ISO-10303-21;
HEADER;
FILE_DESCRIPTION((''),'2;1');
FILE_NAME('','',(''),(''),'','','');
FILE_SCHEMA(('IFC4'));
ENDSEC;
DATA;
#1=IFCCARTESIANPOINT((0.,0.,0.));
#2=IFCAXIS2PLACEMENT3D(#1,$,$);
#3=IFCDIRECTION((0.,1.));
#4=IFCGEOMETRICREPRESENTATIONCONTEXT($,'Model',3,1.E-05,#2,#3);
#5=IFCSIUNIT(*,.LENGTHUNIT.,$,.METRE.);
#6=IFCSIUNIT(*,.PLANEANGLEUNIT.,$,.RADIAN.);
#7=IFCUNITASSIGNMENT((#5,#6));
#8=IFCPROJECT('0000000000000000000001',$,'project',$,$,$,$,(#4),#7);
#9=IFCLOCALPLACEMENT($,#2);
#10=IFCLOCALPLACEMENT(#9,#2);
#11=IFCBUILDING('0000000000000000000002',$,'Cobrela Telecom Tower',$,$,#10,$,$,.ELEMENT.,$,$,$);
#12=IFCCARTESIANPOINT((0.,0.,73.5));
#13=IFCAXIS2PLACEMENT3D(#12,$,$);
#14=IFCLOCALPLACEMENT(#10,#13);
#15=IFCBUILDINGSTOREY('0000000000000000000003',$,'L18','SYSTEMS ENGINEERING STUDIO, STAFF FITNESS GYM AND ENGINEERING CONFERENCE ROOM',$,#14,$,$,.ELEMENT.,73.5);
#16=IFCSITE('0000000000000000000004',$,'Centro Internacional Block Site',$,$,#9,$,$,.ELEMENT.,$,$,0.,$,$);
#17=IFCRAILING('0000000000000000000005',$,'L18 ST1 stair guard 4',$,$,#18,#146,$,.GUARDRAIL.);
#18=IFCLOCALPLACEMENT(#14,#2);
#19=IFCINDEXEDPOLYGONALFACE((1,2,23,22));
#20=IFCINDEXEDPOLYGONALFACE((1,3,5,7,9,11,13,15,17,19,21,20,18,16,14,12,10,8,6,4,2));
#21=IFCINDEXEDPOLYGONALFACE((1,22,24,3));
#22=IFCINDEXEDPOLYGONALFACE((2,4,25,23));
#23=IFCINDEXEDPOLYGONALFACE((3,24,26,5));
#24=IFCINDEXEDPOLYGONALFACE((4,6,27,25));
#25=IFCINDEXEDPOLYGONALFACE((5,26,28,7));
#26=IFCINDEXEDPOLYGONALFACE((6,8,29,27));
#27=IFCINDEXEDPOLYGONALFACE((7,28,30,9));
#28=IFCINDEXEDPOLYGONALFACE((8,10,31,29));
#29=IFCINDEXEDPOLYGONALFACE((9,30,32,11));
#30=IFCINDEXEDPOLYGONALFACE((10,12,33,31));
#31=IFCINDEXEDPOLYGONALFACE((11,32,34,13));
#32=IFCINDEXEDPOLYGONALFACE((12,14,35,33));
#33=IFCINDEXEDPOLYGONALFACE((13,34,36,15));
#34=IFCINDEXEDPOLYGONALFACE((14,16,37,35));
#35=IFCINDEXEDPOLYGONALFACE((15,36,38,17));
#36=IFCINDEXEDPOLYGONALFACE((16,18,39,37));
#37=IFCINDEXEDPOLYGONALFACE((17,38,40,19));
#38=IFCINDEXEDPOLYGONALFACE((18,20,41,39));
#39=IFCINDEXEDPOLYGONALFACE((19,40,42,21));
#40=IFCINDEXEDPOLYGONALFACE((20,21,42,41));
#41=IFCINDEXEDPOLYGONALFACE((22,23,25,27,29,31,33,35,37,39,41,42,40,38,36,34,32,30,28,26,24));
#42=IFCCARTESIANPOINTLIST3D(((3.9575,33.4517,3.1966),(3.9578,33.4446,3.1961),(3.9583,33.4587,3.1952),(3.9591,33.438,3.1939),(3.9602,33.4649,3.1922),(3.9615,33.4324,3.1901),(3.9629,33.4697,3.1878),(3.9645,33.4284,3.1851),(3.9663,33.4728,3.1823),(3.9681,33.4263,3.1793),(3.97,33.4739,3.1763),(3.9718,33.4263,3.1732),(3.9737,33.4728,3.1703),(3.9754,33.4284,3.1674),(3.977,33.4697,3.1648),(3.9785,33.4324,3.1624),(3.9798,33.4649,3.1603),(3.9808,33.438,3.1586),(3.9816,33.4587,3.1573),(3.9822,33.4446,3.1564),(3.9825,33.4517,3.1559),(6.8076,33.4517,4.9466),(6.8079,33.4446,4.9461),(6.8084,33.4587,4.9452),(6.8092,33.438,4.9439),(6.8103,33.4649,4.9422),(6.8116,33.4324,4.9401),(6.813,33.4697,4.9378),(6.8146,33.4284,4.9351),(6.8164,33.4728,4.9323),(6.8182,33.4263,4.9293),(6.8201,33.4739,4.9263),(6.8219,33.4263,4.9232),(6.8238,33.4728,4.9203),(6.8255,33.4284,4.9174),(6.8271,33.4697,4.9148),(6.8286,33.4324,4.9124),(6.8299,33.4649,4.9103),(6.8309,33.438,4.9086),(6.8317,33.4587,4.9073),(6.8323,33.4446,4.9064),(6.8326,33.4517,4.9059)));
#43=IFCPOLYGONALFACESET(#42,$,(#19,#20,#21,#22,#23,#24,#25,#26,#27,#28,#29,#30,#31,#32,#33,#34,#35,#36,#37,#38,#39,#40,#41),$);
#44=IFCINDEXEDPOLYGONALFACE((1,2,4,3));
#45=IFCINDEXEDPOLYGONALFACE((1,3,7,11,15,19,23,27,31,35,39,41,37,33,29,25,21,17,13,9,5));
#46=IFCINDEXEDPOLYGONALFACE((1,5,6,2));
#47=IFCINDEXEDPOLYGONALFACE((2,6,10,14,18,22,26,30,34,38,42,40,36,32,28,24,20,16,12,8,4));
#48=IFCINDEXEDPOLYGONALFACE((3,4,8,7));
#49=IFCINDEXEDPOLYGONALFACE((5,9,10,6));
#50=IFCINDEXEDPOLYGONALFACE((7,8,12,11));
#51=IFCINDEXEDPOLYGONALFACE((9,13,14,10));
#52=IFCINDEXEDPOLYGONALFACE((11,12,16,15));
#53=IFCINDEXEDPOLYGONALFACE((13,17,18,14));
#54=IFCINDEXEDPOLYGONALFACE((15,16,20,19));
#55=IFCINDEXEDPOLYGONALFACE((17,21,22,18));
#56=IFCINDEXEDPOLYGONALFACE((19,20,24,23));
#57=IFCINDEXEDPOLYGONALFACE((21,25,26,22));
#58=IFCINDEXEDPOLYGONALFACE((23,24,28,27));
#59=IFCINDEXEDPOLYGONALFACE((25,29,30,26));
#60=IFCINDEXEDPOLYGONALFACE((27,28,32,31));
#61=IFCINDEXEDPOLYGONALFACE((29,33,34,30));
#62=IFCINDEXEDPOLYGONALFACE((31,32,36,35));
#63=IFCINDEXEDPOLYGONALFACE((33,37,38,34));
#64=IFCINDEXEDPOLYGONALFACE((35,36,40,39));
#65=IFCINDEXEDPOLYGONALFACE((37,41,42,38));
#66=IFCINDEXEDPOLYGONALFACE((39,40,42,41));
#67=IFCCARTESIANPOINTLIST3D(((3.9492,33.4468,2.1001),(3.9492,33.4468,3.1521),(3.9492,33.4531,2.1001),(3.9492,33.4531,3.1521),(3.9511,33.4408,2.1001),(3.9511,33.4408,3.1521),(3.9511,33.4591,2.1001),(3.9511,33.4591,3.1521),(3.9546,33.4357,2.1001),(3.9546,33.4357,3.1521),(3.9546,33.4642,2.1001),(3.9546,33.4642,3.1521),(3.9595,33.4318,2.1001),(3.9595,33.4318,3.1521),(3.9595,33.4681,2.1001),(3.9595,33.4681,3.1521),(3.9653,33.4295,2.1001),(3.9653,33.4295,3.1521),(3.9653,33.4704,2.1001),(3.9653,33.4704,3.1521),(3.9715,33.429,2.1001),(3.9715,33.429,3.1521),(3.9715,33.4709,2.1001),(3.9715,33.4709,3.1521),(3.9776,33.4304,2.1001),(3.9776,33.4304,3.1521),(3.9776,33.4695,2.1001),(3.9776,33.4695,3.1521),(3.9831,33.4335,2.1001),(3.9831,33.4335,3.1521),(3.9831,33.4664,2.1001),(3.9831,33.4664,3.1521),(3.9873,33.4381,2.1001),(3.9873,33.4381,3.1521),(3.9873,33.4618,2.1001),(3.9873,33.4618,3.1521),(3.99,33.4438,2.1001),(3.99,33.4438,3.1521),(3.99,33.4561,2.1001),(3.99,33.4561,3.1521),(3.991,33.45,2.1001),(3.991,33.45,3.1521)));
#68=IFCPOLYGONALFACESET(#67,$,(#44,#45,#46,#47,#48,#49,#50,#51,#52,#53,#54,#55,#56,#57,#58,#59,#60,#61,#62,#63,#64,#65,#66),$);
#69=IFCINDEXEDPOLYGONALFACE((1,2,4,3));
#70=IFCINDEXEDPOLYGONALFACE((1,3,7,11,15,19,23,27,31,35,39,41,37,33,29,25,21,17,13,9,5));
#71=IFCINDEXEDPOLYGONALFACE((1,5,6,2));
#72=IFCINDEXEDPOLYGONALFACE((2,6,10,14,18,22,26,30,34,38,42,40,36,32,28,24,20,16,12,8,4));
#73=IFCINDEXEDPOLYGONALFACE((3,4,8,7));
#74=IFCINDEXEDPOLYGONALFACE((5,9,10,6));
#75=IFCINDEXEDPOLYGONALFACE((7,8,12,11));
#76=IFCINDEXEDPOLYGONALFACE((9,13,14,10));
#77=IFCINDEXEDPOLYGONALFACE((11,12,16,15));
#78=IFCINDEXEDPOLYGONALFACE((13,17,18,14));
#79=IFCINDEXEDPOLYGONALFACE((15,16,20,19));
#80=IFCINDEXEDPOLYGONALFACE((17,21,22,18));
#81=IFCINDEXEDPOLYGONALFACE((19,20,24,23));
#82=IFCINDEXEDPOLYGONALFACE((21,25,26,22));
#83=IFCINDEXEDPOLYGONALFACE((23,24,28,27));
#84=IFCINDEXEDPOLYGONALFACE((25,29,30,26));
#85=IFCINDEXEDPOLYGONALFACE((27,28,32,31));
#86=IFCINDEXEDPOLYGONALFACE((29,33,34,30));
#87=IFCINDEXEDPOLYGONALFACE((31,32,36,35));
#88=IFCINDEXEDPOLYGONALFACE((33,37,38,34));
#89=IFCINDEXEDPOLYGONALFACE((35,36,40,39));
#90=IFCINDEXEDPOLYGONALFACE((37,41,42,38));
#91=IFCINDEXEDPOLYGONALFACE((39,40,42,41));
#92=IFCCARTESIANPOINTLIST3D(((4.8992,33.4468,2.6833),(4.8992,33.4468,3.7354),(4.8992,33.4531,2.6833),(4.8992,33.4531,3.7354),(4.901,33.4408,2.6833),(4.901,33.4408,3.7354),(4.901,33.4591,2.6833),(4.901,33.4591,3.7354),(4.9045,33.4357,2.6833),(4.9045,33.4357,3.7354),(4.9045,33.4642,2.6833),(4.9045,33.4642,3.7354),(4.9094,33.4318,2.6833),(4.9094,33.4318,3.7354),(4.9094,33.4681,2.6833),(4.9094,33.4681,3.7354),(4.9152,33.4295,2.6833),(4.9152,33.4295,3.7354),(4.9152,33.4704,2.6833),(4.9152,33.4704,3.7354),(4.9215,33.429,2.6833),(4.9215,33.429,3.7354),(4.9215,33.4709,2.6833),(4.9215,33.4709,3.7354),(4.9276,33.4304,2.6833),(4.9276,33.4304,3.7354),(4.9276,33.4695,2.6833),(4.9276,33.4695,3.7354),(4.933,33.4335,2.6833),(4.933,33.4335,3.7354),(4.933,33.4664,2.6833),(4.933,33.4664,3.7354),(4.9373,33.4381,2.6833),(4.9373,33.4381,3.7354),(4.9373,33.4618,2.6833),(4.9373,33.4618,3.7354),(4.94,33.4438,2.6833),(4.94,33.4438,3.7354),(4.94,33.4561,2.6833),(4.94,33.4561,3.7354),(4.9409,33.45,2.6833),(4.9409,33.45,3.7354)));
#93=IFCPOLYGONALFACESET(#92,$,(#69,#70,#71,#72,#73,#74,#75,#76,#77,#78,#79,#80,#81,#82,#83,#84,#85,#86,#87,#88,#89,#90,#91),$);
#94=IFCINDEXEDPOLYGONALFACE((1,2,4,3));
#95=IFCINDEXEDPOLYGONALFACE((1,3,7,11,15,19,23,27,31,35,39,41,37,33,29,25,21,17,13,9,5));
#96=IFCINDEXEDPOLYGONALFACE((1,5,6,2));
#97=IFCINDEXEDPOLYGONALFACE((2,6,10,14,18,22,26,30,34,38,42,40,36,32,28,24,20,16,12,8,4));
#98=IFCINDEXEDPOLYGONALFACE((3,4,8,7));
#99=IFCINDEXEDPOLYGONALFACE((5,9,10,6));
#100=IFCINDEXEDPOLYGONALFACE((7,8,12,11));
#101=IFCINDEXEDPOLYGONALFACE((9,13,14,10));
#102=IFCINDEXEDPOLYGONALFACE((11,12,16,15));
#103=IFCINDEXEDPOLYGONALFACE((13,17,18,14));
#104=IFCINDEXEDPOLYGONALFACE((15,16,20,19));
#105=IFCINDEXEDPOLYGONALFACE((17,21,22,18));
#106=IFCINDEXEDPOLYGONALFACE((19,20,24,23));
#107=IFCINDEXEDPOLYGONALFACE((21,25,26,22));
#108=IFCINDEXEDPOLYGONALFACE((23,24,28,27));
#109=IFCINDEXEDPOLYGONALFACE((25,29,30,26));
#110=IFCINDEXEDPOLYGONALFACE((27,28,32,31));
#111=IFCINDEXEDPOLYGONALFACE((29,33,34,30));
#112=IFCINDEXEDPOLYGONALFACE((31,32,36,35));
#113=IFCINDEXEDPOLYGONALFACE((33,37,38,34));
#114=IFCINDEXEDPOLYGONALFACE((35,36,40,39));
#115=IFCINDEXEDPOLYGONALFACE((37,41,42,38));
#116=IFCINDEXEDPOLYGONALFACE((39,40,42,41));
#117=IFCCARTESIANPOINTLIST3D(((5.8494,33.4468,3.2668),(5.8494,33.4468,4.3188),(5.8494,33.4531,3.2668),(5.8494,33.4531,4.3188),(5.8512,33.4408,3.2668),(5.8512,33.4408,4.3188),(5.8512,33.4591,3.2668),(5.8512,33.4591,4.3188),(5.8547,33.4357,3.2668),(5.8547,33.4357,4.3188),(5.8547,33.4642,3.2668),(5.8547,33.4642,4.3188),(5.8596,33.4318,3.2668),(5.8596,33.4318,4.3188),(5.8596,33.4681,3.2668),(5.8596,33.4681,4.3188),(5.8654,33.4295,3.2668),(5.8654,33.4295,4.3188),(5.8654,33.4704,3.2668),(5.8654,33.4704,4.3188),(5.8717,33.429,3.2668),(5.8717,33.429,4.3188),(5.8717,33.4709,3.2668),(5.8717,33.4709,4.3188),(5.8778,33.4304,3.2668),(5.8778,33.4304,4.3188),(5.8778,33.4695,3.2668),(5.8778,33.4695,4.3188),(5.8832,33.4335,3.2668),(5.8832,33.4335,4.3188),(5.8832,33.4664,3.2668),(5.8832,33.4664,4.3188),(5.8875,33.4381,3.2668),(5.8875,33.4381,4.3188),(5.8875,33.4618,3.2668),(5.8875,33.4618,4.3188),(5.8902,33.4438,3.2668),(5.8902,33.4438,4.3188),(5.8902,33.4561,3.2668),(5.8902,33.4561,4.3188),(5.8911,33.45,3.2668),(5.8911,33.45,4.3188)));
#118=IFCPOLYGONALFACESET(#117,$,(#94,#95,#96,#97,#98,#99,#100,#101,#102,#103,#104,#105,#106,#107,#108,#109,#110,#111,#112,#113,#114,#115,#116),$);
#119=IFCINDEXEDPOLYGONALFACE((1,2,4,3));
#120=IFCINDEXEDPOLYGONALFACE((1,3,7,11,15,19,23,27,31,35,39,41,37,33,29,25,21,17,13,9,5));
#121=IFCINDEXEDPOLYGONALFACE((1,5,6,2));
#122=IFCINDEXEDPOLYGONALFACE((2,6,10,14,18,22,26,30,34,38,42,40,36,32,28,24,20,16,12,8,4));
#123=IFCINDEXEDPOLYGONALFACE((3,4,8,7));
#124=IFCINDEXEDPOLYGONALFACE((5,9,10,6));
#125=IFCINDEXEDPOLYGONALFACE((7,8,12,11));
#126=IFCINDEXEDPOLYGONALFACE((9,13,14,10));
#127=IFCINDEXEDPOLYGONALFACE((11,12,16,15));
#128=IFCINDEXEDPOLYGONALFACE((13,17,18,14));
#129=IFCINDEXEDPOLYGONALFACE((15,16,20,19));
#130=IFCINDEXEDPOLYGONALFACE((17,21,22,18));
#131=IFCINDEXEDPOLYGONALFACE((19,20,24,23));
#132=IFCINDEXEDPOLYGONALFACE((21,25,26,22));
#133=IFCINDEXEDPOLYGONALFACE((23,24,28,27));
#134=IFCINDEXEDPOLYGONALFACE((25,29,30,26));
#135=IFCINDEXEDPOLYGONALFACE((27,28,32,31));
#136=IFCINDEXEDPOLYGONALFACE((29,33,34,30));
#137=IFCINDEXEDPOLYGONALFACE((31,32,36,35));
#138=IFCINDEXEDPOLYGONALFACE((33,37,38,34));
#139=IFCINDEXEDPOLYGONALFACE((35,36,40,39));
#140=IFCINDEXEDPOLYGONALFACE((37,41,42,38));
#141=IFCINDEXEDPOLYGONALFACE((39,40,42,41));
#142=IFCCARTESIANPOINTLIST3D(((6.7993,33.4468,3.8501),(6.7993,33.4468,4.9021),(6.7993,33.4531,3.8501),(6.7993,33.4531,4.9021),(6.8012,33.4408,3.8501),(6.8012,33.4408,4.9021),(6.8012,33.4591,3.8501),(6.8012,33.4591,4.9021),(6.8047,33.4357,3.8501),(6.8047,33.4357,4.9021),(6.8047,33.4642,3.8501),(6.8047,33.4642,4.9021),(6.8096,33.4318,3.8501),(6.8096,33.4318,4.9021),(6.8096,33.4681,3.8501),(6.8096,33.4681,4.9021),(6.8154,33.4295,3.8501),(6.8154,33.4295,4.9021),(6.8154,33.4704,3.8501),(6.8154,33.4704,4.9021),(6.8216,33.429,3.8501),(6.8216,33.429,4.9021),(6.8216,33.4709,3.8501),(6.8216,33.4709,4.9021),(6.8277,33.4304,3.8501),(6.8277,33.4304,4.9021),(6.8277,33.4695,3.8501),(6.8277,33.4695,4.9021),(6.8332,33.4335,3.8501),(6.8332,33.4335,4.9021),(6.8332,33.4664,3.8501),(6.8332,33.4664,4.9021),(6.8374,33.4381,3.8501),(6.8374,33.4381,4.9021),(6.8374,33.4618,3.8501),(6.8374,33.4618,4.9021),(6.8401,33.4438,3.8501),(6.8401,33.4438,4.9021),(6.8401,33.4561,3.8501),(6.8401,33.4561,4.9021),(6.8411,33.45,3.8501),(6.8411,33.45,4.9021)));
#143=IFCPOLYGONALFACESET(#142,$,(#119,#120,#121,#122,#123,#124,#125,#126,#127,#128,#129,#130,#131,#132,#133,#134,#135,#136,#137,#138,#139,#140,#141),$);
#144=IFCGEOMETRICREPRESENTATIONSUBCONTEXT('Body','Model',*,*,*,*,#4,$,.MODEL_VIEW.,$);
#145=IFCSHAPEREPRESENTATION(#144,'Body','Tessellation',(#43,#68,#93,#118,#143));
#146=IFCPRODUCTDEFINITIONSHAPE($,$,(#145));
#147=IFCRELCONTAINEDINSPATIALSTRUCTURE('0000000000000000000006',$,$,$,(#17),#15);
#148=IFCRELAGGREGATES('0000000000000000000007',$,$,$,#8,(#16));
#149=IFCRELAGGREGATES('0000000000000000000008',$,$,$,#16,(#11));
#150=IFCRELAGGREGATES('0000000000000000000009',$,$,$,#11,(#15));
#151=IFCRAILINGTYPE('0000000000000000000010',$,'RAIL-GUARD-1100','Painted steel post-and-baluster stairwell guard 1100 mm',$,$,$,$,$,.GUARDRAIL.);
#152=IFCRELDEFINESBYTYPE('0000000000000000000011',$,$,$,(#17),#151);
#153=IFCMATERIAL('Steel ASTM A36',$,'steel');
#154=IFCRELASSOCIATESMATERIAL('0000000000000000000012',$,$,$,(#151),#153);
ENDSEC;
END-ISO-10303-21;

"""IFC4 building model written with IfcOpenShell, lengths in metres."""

from ifc_helpers import new_model, si_unit, direction, frame, origin, origin_2d, place, context, subcontext, project, spatial, circle, extrude, material, type_object, element, save


model = new_model("IFC4")

# Units and contexts
model_context = context("Model", 3, precision=1e-05, world=origin(), true_north=direction((0.0, 1.0)))
body_context = subcontext(model_context, "Body", "Model", "MODEL_VIEW")
ifc_project = project(units=[si_unit("LENGTHUNIT", "METRE"), si_unit("PLANEANGLEUNIT", "RADIAN")], contexts=[model_context])

# Site, building, storey
site_placement = place(None, origin())
site = spatial("IfcSite", under=ifc_project, at=site_placement, Name="Centro Internacional Block Site", CompositionType="ELEMENT", RefElevation=0.0)
building_placement = place(site_placement, origin())
building = spatial("IfcBuilding", under=site, at=building_placement, Name="Cobrela Telecom Tower", CompositionType="ELEMENT")
storey_placement = place(building_placement, frame((0.0, 0.0, 73.5)))
storey = spatial("IfcBuildingStorey", under=building, at=storey_placement, Name="L18", Description="SYSTEMS ENGINEERING STUDIO, STAFF FITNESS GYM AND ENGINEERING CONFERENCE ROOM", CompositionType="ELEMENT", Elevation=73.5)

# Shared definitions
ifc_material_1 = material(Name="Steel ASTM A36", Category="steel")

# Railing
railing_type_1 = type_object("IfcRailingType", Name="RAIL-GUARD-1100", Description="Painted steel post-and-baluster stairwell guard 1100 mm", PredefinedType="GUARDRAIL", material=ifc_material_1)
railing_1_placement = place(storey_placement, frame((3.97, 33.45, 2.1001)))
element("IfcRailing", 1, at=railing_1_placement, inside=storey, type_object=railing_type_1, Name="L18 ST1 stair guard 4", PredefinedType="GUARDRAIL", context=body_context, shape_type="SweptSolid", body=[
    extrude(circle(Radius=0.0239, at=origin_2d()), frame((0.0, 0.0, 1.0762), z_axis=(0.852179, 0.0, 0.52325), x_axis=(0.0, 1.0, 0.0)), (0.0, 0.0, 1.0), 3.3445),
    extrude(circle(Radius=0.021, at=origin_2d()), origin(), (0.0, 0.0, 1.0), 1.052),
    extrude(circle(Radius=0.021, at=origin_2d()), frame((0.95, 0.0, 0.5833)), (0.0, 0.0, 1.0), 1.052),
    extrude(circle(Radius=0.021, at=origin_2d()), frame((1.9001, 0.0, 1.1667)), (0.0, 0.0, 1.0), 1.052),
    extrude(circle(Radius=0.021, at=origin_2d()), frame((2.8501, 0.0, 1.75)), (0.0, 0.0, 1.0), 1.052),
])

save(model, "model.ifc")
